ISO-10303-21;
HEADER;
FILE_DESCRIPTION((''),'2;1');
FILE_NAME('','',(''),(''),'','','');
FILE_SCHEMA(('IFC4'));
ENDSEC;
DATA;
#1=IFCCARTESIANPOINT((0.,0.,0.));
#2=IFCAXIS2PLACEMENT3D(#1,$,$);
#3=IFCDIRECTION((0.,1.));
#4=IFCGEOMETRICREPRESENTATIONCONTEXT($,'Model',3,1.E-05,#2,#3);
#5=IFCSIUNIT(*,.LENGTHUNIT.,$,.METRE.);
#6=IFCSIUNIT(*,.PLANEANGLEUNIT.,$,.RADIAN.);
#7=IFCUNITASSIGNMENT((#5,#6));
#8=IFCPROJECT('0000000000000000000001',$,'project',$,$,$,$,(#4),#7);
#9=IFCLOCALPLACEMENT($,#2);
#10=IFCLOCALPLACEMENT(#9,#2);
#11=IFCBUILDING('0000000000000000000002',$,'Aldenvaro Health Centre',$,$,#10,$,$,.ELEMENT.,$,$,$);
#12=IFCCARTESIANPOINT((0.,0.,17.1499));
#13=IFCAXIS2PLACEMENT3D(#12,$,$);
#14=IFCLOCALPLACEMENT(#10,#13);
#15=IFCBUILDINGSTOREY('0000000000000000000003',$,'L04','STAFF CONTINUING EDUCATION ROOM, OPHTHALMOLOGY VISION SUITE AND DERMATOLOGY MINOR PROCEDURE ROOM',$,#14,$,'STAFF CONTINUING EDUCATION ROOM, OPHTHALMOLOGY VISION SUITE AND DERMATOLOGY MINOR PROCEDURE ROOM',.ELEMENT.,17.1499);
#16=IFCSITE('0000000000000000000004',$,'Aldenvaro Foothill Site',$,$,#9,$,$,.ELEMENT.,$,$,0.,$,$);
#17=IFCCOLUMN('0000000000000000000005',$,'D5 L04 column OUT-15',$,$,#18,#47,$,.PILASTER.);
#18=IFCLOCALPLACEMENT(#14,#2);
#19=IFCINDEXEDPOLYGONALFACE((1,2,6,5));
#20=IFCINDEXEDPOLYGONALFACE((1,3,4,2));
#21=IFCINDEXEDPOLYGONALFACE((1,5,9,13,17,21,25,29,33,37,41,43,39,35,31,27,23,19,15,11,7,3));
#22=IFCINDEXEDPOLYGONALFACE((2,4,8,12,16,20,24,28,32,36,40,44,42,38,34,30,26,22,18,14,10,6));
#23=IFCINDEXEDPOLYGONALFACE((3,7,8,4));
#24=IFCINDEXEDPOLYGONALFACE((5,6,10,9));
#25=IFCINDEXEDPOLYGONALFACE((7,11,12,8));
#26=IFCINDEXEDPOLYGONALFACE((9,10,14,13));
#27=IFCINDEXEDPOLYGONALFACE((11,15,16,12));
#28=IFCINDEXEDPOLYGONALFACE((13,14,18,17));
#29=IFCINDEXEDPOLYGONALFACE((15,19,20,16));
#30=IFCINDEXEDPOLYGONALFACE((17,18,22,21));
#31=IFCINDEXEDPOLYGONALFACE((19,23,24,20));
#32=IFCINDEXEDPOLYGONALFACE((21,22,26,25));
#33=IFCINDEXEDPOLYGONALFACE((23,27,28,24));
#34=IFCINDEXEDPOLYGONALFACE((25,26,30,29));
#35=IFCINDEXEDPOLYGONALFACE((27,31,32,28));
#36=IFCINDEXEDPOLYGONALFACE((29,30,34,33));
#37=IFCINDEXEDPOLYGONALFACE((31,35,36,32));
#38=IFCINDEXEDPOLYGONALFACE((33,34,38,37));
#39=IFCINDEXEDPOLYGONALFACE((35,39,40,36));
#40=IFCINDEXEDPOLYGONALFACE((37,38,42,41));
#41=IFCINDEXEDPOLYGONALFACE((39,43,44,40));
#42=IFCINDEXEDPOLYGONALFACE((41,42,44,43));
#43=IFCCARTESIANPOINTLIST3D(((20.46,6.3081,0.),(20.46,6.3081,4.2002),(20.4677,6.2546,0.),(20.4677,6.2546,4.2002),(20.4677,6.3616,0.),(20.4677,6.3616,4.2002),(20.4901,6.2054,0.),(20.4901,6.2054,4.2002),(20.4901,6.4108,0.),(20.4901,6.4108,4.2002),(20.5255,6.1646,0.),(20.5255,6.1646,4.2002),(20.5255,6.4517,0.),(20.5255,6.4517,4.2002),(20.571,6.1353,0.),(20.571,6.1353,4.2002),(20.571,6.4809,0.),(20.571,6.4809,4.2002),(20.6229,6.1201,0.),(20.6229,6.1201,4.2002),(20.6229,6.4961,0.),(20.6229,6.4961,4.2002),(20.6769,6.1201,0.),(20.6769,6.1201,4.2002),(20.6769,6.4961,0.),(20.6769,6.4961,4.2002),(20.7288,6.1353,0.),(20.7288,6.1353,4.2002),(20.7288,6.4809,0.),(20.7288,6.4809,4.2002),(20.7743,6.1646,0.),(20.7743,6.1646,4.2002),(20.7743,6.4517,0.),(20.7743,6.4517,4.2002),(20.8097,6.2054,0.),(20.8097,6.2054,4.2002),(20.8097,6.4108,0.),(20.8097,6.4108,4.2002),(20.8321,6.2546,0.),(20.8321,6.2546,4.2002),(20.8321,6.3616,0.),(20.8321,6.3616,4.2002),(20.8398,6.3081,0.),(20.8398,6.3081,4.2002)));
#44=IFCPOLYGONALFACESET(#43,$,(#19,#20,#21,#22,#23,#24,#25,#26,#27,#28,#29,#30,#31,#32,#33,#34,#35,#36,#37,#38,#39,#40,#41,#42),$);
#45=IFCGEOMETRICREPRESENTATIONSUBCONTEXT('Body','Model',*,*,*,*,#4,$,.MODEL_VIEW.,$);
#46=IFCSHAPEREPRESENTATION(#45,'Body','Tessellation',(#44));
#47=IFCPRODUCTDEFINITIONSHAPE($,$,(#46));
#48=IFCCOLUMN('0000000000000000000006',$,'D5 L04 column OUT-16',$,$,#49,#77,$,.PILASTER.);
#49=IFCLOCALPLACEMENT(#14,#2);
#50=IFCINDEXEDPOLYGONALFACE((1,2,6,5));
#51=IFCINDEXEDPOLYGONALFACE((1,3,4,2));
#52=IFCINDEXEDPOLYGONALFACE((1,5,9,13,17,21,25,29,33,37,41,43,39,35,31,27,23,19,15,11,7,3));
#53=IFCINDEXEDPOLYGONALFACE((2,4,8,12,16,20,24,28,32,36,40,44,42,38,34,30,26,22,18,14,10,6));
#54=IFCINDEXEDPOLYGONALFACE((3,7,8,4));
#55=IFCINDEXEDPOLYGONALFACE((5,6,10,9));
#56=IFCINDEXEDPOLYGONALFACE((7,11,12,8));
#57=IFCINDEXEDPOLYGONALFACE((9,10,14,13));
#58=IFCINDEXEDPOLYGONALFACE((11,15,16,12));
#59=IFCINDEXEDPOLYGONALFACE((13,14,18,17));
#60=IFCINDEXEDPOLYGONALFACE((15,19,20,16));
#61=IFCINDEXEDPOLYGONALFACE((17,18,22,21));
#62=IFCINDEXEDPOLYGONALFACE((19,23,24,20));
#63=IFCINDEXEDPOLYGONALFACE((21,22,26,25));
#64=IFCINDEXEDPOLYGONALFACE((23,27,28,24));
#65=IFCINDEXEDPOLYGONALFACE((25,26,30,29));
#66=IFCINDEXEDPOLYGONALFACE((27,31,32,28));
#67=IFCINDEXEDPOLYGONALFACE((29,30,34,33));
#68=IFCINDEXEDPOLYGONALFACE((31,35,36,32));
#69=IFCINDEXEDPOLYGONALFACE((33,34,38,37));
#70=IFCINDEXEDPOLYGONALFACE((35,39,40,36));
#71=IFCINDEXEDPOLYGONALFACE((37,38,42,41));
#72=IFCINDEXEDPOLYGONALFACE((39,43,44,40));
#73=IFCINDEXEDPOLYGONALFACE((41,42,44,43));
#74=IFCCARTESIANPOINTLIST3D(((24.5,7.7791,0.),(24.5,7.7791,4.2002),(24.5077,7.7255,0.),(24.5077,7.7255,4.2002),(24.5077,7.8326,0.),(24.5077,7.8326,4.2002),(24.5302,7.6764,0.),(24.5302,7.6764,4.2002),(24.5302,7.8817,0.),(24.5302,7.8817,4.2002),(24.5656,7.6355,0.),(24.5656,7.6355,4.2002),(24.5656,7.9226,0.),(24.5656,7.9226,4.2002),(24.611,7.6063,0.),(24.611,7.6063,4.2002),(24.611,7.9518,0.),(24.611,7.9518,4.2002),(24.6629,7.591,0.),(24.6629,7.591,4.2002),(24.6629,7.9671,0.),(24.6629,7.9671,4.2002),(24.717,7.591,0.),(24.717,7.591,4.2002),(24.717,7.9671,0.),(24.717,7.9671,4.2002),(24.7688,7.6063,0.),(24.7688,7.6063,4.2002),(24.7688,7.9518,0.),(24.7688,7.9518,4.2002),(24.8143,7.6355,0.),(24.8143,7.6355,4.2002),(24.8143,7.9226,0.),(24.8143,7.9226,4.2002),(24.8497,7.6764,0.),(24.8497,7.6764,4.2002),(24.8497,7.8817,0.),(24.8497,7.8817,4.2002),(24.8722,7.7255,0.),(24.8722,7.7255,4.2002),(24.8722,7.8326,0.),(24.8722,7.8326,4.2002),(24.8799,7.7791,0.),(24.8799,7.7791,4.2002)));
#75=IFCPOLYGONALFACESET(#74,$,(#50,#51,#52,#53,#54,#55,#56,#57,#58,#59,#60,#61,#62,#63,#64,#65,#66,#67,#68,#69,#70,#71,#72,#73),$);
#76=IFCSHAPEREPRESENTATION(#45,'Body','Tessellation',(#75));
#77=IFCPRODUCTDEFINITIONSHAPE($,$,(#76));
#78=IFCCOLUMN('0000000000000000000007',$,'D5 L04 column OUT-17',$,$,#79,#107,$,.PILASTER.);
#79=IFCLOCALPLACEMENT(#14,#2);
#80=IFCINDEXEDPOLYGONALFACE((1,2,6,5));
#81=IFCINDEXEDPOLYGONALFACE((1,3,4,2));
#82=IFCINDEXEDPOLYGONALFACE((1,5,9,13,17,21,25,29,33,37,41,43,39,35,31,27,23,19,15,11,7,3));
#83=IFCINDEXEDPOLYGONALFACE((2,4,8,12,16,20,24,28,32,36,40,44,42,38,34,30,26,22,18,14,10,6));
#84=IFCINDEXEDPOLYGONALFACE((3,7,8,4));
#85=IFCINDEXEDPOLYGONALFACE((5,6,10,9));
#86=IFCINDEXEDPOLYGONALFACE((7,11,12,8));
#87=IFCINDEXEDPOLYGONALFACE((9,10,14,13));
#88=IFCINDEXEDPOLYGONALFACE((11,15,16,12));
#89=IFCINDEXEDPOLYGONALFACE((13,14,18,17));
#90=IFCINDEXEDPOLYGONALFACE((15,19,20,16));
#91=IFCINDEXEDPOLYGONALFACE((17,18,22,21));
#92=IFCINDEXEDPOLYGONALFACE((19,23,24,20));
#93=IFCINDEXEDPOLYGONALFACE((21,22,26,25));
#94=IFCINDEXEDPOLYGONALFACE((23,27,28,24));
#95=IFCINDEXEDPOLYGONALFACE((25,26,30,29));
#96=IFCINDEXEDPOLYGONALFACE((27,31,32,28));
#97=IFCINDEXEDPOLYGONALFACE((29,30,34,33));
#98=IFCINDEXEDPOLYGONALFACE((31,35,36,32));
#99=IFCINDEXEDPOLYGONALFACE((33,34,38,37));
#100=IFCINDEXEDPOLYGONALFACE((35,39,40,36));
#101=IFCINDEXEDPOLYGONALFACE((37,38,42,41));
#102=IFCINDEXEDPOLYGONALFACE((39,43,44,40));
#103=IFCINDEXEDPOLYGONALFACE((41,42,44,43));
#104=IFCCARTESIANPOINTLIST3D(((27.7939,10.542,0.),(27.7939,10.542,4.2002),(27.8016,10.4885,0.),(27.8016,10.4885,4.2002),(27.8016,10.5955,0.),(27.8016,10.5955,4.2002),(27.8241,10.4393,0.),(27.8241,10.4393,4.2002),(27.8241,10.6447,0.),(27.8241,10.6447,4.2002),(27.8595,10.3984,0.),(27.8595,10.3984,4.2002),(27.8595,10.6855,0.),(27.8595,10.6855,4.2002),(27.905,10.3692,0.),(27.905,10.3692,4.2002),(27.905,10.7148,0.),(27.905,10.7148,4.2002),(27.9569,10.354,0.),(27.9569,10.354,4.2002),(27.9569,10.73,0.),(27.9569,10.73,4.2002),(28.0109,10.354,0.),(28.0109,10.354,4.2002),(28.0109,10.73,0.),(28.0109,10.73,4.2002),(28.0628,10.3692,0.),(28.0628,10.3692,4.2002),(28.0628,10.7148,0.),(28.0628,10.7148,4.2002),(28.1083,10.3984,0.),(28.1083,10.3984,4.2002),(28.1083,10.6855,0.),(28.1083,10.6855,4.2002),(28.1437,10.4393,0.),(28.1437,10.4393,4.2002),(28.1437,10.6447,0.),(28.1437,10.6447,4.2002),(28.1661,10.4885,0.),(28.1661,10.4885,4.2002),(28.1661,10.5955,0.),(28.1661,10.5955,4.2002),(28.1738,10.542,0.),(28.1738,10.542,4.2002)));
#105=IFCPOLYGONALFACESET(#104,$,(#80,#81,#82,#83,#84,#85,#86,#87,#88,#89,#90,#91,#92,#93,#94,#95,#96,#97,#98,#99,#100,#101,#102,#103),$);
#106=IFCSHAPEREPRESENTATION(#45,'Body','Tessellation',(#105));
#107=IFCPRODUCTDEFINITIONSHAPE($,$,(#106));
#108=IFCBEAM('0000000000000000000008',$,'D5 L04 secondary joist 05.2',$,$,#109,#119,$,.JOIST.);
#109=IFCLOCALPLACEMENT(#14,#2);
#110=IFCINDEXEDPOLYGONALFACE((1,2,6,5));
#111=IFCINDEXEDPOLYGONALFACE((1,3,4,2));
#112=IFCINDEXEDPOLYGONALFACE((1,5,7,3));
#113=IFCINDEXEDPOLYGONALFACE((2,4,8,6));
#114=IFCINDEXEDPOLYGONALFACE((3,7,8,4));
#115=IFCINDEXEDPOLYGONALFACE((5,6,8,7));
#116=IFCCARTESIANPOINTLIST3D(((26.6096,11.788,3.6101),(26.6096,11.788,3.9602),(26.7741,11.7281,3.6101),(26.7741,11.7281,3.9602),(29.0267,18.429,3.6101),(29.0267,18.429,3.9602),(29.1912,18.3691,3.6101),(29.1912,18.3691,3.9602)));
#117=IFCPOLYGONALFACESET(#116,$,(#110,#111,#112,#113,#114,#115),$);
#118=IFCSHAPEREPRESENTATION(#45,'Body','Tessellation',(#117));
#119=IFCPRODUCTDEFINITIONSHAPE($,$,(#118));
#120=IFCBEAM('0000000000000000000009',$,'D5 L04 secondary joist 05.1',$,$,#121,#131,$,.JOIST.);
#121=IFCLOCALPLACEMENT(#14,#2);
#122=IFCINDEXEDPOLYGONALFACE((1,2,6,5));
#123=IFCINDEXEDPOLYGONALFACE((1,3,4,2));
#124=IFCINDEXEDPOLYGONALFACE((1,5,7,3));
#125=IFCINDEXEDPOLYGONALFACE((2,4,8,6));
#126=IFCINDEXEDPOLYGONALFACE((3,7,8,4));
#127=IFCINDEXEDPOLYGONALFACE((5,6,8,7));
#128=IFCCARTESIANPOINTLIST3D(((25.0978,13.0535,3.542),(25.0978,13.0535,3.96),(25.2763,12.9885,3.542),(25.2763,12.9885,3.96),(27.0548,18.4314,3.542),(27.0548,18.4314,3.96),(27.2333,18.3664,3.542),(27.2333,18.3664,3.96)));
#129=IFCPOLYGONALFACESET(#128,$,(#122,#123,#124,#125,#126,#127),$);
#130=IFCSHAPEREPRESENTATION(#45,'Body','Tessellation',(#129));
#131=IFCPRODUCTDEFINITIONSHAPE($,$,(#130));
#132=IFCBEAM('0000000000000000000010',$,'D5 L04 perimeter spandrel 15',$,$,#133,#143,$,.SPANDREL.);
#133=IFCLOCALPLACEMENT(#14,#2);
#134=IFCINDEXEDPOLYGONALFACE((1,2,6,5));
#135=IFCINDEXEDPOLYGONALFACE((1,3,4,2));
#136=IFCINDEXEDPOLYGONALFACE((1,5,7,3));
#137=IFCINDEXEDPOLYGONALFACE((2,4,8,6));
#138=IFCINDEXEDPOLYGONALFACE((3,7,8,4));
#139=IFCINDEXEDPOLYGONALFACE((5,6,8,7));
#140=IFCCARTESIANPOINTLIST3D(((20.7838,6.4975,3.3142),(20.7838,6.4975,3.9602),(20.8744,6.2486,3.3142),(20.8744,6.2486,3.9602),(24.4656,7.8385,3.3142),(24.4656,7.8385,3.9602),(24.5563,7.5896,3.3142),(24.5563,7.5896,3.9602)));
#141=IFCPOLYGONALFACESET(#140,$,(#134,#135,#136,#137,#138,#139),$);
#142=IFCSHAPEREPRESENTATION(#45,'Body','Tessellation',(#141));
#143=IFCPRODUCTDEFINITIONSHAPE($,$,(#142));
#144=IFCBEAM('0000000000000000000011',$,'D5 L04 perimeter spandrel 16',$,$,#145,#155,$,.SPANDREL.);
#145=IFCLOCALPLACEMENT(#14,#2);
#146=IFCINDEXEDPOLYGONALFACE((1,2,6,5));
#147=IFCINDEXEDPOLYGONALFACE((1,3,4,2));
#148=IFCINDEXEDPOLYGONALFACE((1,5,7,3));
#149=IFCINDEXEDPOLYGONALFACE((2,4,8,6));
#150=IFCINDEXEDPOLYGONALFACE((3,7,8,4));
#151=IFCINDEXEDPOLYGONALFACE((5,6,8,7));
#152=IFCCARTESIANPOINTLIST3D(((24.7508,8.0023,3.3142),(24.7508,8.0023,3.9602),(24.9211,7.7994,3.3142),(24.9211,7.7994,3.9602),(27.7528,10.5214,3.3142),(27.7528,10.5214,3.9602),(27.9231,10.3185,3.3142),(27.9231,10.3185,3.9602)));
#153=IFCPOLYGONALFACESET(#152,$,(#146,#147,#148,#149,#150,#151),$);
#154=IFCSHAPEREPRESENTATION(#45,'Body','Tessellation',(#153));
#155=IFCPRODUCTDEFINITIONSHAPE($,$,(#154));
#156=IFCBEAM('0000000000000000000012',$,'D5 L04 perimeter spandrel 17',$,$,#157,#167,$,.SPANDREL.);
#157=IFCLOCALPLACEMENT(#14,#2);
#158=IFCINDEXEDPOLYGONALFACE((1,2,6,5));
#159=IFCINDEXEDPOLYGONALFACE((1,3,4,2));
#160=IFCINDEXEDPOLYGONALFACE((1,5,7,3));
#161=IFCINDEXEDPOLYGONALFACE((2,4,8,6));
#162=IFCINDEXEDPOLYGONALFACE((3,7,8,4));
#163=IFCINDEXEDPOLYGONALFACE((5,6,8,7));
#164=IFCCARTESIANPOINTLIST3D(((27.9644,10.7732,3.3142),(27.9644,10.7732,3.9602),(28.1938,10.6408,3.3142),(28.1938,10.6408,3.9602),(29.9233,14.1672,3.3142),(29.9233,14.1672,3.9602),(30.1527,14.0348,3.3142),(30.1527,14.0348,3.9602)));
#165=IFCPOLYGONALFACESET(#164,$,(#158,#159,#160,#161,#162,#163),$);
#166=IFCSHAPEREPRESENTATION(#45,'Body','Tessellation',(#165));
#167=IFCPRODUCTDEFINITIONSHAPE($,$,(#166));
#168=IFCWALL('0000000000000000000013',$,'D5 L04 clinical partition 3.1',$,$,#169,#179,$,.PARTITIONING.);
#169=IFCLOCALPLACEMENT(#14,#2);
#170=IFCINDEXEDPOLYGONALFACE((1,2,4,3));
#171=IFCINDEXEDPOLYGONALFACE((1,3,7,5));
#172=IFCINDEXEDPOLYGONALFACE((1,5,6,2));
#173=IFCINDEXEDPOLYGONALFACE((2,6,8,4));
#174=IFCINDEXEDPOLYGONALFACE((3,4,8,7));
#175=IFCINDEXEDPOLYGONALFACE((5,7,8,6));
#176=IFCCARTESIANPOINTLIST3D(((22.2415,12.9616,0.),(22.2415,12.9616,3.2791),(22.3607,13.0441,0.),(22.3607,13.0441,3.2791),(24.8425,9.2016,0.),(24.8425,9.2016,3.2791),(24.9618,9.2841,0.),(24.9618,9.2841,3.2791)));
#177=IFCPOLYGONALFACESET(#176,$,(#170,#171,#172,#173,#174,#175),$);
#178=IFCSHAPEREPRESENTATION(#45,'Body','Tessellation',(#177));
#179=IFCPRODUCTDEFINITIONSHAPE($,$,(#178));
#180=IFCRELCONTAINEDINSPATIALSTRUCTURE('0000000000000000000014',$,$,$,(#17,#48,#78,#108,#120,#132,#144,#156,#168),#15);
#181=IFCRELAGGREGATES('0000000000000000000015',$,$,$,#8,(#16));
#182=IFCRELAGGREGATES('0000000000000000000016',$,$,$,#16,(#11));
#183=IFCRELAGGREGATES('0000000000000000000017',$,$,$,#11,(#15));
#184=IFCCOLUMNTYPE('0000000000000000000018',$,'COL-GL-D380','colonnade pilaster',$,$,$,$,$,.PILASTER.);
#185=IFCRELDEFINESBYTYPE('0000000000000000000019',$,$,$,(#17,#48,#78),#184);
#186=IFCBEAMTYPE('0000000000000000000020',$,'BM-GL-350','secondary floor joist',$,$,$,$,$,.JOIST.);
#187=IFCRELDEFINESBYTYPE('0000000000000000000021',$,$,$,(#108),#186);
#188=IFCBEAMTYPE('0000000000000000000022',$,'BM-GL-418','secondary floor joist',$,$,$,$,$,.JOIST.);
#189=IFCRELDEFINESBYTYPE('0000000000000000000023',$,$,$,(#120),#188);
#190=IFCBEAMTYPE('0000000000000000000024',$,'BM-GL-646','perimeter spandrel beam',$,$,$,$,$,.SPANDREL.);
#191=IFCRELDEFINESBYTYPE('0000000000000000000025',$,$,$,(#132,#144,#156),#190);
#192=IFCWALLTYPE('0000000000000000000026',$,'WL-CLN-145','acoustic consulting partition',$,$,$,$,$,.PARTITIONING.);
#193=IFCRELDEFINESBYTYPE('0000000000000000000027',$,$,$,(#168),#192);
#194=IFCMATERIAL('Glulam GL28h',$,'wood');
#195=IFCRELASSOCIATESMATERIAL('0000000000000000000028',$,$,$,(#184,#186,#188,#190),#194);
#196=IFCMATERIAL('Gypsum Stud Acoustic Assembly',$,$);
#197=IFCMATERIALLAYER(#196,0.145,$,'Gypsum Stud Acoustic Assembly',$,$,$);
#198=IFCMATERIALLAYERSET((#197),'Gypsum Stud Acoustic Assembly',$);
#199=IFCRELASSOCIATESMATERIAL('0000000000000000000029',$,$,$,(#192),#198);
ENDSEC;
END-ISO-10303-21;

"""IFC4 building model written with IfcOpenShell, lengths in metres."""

from ifc_helpers import new_model, si_unit, direction, frame, frame_2d, origin, origin_2d, place, context, subcontext, project, spatial, rectangle, circle, extrude, material, layer, layer_set, material_profile, profile_set, type_object, element, save


model = new_model("IFC4")

# Units and contexts
model_context = context("Model", 3, precision=1e-05, world=origin(), true_north=direction((0.0, 1.0)))
body_context = subcontext(model_context, "Body", "Model", "MODEL_VIEW")
ifc_project = project(units=[si_unit("LENGTHUNIT", "METRE"), si_unit("PLANEANGLEUNIT", "RADIAN")], contexts=[model_context])

# Site, building, storey
site_placement = place(None, origin())
site = spatial("IfcSite", under=ifc_project, at=site_placement, Name="Aldenvaro Foothill Site", CompositionType="ELEMENT", RefElevation=0.0)
building_placement = place(site_placement, origin())
building = spatial("IfcBuilding", under=site, at=building_placement, Name="Aldenvaro Health Centre", CompositionType="ELEMENT")
storey_placement = place(building_placement, frame((0.0, 0.0, 17.1499)))
storey = spatial("IfcBuildingStorey", under=building, at=storey_placement, Name="L04", Description="STAFF CONTINUING EDUCATION ROOM, OPHTHALMOLOGY VISION SUITE AND DERMATOLOGY MINOR PROCEDURE ROOM", LongName="STAFF CONTINUING EDUCATION ROOM, OPHTHALMOLOGY VISION SUITE AND DERMATOLOGY MINOR PROCEDURE ROOM", CompositionType="ELEMENT", Elevation=17.1499)

# Columns
ifc_material_1 = material(Name="Glulam GL28h", Category="wood")
ifc_material_profile_1 = material_profile(ifc_material_1, circle(Radius=0.1899, at=origin_2d()), Name="GL D380", Category="wood")
ifc_profile_set_1 = profile_set([ifc_material_profile_1], Name="Glulam GL28h")
column_type = type_object("IfcColumnType", Name="COL-GL-D380", Description="colonnade pilaster", PredefinedType="PILASTER", material=ifc_profile_set_1)
for number, where, z_axis, x_axis, name in (
    (1, (20.6499, 6.3081, 0.0), (0.0, 0.0, 1.0), (1.0, 0.0, 0.0), "D5 L04 column OUT-15"),
    (2, (24.6899, 7.7791, 0.0), (0.0, 0.0, 1.0), (1.0, 0.0, 0.0), "D5 L04 column OUT-16"),
    (3, (27.9839, 10.542, 0.0), (0.0, 0.0, 1.0), (1.0, 0.0, 0.0), "D5 L04 column OUT-17"),
):
    element("IfcColumn", number, at=place(storey_placement, frame(where, z_axis=z_axis, x_axis=x_axis)), inside=storey, type_object=column_type, Name=name, PredefinedType="PILASTER", context=body_context, shape_type="SweptSolid", body=[
        extrude(circle(Radius=0.1899, at=origin_2d()), origin(), (0.0, 0.0, 1.0), 4.2002),
    ])

# Beams
ifc_material_profile_2 = material_profile(ifc_material_1, rectangle(XDim=0.175, YDim=0.3501, at=origin_2d()), Name="GL 175x350", Category="wood")
ifc_profile_set_2 = profile_set([ifc_material_profile_2], Name="Glulam GL28h")
beam_type_1 = type_object("IfcBeamType", Name="BM-GL-350", Description="secondary floor joist", PredefinedType="JOIST", material=ifc_profile_set_2)
beam_1_placement = place(storey_placement, frame((26.6919, 11.7581, 3.7852), z_axis=(0.342009, 0.939697, 0.0), x_axis=(-0.939697, 0.342009, 0.0)))
element("IfcBeam", 4, at=beam_1_placement, inside=storey, type_object=beam_type_1, Name="D5 L04 secondary joist 05.2", PredefinedType="JOIST", context=body_context, shape_type="SweptSolid", body=[
    extrude(rectangle(XDim=0.175, YDim=0.3501, at=origin_2d()), origin(), (0.0, 0.0, 1.0), 7.0671),
])
ifc_material_profile_3 = material_profile(ifc_material_1, rectangle(XDim=0.1899, YDim=0.418, at=origin_2d()), Name="GL 190x418", Category="wood")
ifc_profile_set_3 = profile_set([ifc_material_profile_3], Name="Glulam GL28h")
beam_type_2 = type_object("IfcBeamType", Name="BM-GL-418", Description="secondary floor joist", PredefinedType="JOIST", material=ifc_profile_set_3)
beam_2_placement = place(storey_placement, frame((25.187, 13.021, 3.751), z_axis=(0.341962, 0.939714, 0.0), x_axis=(-0.939714, 0.341962, 0.0)))
element("IfcBeam", 5, at=beam_2_placement, inside=storey, type_object=beam_type_2, Name="D5 L04 secondary joist 05.1", PredefinedType="JOIST", context=body_context, shape_type="SweptSolid", body=[
    extrude(rectangle(XDim=0.1899, YDim=0.418, at=origin_2d()), origin(), (0.0, 0.0, 1.0), 5.7229),
])
ifc_material_profile_4 = material_profile(ifc_material_1, rectangle(XDim=0.2649, YDim=0.646, at=origin_2d()), Name="GL 265x646", Category="wood")
ifc_profile_set_4 = profile_set([ifc_material_profile_4], Name="Glulam GL28h")
beam_type_3 = type_object("IfcBeamType", Name="BM-GL-646", Description="perimeter spandrel beam", PredefinedType="SPANDREL", material=ifc_profile_set_4)
beam_3_placement = place(storey_placement, frame((20.8291, 6.373, 3.6372), z_axis=(0.939613, 0.342238, 0.0), x_axis=(-0.342238, 0.939613, 0.0)))
element("IfcBeam", 6, at=beam_3_placement, inside=storey, type_object=beam_type_3, Name="D5 L04 perimeter spandrel 15", PredefinedType="SPANDREL", context=body_context, shape_type="SweptSolid", body=[
    extrude(rectangle(XDim=0.2649, YDim=0.646, at=origin_2d()), origin(), (0.0, 0.0, 1.0), 3.9185),
])
beam_4_placement = place(storey_placement, frame((24.8359, 7.9009, 3.6372), z_axis=(0.766031, 0.642803, 0.0), x_axis=(-0.642803, 0.766031, 0.0)))
element("IfcBeam", 7, at=beam_4_placement, inside=storey, type_object=beam_type_3, Name="D5 L04 perimeter spandrel 16", PredefinedType="SPANDREL", context=body_context, shape_type="SweptSolid", body=[
    extrude(rectangle(XDim=0.2649, YDim=0.646, at=origin_2d()), origin(), (0.0, 0.0, 1.0), 3.9189),
])
beam_5_placement = place(storey_placement, frame((28.0791, 10.707, 3.6372), z_axis=(0.499891, 0.866088, 0.0), x_axis=(-0.866088, 0.499891, 0.0)))
element("IfcBeam", 8, at=beam_5_placement, inside=storey, type_object=beam_type_3, Name="D5 L04 perimeter spandrel 17", PredefinedType="SPANDREL", context=body_context, shape_type="SweptSolid", body=[
    extrude(rectangle(XDim=0.2649, YDim=0.646, at=origin_2d()), origin(), (0.0, 0.0, 1.0), 3.9187),
])

# Wall
ifc_material_2 = material(Name="Gypsum Stud Acoustic Assembly")
ifc_layer_1 = layer(ifc_material_2, 0.145, Name="Gypsum Stud Acoustic Assembly")
ifc_layer_set_1 = layer_set([ifc_layer_1], Name="Gypsum Stud Acoustic Assembly")
wall_type_1 = type_object("IfcWallType", Name="WL-CLN-145", Description="acoustic consulting partition", PredefinedType="PARTITIONING", material=ifc_layer_set_1)
wall_1_placement = place(storey_placement, frame((22.301, 13.0029, 0.0), z_axis=(0.0, 0.0, 1.0), x_axis=(0.568913, -0.822398, 0.0)))
element("IfcWall", 9, at=wall_1_placement, inside=storey, type_object=wall_type_1, Name="D5 L04 clinical partition 3.1", PredefinedType="PARTITIONING", context=body_context, shape_type="SweptSolid", body=[
    extrude(rectangle(XDim=4.572, YDim=0.145, at=frame_2d((2.2861, 0.0))), origin(), (0.0, 0.0, 1.0), 3.2791),
])

save(model, "model.ifc")
